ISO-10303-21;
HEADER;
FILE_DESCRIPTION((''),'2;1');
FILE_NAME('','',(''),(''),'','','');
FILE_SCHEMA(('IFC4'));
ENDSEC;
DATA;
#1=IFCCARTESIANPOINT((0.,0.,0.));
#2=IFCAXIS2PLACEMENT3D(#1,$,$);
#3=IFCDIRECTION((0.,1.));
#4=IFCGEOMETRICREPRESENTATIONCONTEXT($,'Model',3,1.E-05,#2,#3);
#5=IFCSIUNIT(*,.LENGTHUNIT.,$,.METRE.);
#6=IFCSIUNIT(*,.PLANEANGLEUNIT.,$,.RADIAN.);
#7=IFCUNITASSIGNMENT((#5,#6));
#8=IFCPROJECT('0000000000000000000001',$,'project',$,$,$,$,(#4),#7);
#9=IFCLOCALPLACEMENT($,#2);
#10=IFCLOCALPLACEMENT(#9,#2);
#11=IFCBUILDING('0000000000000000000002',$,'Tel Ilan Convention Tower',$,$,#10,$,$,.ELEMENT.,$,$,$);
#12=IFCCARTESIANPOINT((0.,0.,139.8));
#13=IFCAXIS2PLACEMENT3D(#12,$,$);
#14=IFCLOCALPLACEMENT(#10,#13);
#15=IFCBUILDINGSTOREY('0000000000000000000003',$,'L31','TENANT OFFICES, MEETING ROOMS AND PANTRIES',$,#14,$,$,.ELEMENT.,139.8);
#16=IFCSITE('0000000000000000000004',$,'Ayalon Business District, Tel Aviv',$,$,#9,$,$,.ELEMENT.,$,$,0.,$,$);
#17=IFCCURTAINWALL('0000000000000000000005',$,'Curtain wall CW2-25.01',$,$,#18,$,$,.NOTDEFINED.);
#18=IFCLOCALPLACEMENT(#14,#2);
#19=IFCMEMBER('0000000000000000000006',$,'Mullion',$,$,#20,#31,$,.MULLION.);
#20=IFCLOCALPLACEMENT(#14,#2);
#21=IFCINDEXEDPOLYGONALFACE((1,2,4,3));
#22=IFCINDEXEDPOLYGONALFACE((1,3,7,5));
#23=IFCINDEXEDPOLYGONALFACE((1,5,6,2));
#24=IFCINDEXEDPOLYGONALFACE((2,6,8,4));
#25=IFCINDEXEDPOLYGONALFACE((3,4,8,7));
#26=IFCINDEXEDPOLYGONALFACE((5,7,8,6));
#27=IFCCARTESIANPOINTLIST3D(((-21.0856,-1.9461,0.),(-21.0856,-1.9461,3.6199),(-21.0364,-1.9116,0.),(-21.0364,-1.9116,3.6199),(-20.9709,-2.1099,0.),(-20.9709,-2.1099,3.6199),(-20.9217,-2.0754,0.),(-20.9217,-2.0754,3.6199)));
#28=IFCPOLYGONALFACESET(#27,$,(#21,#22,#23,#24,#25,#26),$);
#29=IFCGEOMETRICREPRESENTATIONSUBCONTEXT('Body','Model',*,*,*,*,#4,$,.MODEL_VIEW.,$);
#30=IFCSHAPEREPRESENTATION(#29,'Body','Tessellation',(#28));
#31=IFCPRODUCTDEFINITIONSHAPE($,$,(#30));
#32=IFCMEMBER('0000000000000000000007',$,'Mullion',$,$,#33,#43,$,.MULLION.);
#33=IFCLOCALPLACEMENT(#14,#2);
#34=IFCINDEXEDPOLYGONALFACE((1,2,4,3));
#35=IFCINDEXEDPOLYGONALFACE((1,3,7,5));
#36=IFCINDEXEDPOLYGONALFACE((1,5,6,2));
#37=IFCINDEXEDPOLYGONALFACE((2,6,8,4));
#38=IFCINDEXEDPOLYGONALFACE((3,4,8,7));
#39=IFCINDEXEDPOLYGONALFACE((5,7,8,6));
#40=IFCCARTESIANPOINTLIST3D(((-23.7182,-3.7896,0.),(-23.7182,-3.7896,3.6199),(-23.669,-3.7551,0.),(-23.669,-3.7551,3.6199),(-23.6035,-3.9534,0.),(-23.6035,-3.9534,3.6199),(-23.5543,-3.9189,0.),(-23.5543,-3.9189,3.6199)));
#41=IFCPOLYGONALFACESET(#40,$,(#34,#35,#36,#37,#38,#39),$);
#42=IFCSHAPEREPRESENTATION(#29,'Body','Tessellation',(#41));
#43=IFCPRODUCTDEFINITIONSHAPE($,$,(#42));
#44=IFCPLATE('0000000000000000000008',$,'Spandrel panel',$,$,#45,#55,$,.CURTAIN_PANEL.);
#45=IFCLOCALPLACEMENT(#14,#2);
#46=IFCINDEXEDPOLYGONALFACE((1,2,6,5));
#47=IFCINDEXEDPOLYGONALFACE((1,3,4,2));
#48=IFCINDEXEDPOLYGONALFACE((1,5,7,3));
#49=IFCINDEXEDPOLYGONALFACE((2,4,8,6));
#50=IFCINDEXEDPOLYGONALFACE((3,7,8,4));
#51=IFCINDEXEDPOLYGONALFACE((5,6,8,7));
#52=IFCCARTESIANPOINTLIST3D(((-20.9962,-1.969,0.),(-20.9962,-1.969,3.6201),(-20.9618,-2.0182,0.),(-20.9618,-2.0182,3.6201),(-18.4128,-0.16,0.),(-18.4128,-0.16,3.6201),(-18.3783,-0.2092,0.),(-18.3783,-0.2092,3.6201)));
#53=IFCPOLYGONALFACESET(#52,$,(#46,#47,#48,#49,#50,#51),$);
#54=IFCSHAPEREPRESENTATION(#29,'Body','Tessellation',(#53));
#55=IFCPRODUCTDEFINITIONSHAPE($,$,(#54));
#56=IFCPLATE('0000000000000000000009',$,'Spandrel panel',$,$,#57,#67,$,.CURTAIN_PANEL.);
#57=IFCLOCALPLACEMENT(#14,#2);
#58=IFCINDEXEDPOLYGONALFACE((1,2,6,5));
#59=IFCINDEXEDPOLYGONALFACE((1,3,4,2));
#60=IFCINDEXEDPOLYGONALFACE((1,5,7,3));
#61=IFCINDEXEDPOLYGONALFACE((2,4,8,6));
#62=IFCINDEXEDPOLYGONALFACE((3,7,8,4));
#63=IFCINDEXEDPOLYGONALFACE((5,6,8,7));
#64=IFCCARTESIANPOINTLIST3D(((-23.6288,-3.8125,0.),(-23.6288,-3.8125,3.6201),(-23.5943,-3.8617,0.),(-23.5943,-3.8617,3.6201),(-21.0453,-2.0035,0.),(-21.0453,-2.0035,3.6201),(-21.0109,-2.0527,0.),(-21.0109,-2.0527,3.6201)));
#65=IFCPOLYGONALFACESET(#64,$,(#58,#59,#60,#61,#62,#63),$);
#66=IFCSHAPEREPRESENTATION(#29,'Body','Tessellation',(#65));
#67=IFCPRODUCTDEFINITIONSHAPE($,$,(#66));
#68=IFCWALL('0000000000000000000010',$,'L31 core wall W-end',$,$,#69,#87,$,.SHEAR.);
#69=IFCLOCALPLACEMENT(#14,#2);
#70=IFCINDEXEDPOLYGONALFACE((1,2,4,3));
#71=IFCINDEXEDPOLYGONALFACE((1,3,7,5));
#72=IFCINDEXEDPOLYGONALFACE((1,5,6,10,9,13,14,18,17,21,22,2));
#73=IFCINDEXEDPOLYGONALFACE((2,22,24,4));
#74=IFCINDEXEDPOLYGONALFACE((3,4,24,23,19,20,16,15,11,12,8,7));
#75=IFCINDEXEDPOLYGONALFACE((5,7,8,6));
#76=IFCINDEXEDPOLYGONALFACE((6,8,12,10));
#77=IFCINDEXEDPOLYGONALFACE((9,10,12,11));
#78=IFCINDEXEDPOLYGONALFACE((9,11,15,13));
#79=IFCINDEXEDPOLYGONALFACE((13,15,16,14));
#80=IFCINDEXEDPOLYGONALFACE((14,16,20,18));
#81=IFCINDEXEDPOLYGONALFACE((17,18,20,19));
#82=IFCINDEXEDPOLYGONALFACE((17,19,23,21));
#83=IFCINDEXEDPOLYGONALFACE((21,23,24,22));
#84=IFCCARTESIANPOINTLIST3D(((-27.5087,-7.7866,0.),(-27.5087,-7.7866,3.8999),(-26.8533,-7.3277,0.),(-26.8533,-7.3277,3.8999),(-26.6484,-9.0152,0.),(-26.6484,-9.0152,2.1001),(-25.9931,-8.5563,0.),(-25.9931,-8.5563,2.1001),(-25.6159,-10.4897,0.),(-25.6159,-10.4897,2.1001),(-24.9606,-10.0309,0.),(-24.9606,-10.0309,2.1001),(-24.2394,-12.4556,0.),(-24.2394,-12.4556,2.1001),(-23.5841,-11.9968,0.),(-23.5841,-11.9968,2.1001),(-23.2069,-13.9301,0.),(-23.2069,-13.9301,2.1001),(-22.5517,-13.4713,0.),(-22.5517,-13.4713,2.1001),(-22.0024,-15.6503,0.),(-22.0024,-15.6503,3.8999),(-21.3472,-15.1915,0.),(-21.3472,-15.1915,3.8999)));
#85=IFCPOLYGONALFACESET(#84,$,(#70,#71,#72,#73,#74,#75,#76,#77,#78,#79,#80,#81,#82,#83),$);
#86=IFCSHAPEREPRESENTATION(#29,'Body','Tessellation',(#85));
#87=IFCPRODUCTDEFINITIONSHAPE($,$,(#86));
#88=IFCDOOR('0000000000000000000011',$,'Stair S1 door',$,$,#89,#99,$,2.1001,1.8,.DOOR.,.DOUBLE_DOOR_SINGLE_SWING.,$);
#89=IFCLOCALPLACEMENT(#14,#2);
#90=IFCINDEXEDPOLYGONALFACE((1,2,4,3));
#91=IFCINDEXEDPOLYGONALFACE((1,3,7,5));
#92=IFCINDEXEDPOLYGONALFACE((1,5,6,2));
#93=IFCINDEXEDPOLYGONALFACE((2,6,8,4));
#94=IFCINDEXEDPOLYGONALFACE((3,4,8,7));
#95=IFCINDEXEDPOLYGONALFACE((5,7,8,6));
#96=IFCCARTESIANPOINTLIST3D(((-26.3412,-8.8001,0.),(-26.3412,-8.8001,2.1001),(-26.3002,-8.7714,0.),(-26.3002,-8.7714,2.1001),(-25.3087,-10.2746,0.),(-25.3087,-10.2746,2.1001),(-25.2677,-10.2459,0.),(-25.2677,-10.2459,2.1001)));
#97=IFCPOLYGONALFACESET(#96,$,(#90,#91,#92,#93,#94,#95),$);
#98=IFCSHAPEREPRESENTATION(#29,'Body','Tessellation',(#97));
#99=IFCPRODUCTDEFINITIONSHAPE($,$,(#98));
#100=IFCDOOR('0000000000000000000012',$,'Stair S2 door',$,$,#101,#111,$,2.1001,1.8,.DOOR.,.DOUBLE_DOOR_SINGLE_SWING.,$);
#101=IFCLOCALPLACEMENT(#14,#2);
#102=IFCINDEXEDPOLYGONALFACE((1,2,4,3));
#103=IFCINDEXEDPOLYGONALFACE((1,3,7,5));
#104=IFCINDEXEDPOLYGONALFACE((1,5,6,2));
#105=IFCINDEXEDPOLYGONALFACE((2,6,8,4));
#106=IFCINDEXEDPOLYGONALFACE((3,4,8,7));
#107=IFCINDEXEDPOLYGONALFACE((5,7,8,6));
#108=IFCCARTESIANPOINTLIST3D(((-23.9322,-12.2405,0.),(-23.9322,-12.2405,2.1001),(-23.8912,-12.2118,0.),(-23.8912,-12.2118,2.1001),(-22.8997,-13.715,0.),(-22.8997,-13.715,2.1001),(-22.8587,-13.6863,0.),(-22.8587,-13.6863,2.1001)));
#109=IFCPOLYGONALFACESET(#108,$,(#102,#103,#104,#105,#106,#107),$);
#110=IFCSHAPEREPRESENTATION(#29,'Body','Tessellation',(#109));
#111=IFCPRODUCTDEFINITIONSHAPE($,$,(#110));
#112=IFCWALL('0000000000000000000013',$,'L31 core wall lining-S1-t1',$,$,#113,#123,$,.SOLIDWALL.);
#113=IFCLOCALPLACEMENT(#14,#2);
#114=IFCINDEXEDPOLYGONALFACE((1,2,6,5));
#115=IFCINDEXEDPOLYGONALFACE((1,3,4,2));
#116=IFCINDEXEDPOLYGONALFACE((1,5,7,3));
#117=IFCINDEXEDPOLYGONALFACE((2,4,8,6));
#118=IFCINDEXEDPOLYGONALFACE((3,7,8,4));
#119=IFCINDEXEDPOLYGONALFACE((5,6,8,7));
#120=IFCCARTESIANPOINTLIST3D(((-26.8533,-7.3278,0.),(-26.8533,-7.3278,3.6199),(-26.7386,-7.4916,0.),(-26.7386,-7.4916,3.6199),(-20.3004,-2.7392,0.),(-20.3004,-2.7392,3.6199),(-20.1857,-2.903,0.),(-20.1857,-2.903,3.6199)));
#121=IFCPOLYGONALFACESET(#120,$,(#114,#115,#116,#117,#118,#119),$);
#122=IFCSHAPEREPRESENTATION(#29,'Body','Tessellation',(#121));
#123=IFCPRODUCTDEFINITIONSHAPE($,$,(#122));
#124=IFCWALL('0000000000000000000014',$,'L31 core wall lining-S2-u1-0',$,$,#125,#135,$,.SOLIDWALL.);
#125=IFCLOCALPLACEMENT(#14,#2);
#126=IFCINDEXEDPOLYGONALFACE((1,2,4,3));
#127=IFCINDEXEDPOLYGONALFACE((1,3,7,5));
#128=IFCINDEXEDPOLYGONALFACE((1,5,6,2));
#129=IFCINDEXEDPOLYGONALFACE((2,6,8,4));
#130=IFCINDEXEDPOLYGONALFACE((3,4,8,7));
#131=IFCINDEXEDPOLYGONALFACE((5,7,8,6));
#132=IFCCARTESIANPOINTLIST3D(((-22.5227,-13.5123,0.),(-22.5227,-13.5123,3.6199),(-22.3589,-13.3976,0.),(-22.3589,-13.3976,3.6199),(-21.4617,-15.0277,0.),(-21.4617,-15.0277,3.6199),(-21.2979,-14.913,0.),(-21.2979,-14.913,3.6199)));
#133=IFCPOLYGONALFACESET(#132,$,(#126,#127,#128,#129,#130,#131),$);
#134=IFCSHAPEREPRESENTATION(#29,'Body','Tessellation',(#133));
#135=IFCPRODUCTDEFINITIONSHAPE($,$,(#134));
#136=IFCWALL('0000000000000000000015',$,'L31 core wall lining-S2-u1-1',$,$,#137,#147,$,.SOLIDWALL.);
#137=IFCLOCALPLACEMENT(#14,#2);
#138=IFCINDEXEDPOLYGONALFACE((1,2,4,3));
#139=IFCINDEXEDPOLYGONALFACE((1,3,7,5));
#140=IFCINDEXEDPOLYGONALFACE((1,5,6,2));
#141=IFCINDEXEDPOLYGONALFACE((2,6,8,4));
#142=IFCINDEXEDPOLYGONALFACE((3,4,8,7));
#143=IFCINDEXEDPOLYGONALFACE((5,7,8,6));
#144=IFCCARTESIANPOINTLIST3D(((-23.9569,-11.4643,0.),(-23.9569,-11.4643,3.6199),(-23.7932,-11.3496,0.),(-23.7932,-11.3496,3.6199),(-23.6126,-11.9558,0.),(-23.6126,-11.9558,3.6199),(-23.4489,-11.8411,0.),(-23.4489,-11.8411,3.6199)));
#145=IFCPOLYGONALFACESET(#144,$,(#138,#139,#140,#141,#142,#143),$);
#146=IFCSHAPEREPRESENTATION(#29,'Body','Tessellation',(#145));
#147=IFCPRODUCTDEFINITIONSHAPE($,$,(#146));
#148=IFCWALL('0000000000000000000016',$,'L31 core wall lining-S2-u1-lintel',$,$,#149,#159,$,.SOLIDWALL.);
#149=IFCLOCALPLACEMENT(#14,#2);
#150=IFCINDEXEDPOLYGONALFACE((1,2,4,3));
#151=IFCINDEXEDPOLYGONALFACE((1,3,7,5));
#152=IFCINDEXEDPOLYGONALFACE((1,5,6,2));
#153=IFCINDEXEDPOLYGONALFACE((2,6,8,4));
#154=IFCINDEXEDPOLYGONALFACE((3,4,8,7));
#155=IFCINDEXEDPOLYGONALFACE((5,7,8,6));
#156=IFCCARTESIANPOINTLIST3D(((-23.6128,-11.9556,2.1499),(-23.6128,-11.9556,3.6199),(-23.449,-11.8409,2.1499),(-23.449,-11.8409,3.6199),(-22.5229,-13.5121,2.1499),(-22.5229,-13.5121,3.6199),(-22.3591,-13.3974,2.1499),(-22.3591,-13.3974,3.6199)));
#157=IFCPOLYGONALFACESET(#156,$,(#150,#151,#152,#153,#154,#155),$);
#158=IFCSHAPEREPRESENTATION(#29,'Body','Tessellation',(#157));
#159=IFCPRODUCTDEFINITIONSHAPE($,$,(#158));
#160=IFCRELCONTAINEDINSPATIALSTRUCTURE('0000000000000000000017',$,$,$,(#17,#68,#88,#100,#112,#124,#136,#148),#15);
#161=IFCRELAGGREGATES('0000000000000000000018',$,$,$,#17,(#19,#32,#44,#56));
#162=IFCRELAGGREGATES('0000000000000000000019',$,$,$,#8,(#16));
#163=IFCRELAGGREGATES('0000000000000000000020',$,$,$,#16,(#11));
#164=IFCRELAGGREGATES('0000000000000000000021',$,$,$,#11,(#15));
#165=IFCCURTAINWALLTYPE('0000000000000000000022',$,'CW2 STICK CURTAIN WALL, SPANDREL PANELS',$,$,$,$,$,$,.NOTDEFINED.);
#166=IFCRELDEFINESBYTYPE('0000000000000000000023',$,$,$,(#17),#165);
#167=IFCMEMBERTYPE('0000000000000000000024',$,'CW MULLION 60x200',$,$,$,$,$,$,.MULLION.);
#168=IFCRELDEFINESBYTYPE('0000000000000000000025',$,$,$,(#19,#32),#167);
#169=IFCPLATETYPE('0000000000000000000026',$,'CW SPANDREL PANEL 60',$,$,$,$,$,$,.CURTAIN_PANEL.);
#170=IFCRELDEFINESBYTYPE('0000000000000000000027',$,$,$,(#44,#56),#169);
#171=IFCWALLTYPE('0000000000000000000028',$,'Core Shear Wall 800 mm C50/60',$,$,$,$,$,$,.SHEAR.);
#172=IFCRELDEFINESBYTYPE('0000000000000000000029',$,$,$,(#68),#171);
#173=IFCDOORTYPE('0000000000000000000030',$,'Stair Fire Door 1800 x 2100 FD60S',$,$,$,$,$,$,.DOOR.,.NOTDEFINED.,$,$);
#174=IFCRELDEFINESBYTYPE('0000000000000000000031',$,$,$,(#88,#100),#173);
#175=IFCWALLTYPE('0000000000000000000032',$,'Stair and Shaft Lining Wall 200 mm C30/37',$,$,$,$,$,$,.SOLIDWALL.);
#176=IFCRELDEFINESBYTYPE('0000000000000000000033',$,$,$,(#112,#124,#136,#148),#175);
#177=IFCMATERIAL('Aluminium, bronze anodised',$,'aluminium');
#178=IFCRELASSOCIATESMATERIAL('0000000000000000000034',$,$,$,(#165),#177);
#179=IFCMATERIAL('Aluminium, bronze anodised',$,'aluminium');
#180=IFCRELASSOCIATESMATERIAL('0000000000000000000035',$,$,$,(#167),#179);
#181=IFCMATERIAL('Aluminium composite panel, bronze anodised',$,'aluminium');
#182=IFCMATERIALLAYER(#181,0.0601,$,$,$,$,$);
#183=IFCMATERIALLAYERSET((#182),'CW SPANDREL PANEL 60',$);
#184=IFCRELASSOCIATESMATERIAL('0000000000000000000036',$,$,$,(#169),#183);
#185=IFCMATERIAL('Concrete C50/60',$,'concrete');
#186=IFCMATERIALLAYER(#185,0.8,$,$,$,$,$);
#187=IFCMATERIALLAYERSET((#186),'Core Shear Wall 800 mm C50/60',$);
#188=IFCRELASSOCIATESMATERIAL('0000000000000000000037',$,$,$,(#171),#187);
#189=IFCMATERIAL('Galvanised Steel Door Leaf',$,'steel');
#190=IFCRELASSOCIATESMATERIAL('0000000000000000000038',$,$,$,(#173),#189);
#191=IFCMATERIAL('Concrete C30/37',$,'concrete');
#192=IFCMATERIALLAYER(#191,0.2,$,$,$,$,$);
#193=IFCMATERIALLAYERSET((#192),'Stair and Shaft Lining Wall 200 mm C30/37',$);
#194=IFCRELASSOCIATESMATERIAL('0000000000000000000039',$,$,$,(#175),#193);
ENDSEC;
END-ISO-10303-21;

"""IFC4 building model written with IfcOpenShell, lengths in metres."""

from ifc_helpers import new_model, si_unit, direction, frame, frame_2d, origin, origin_2d, place, context, subcontext, project, spatial, polyline, rectangle, outline, extrude, material, layer, layer_set, material_profile, profile_set, type_object, element, fill, aggregate, save


model = new_model("IFC4")

# Units and contexts
model_context = context("Model", 3, precision=1e-05, world=origin(), true_north=direction((0.0, 1.0)))
body_context = subcontext(model_context, "Body", "Model", "MODEL_VIEW")
ifc_project = project(units=[si_unit("LENGTHUNIT", "METRE"), si_unit("PLANEANGLEUNIT", "RADIAN")], contexts=[model_context])

# Site, building, storey
site_placement = place(None, origin())
site = spatial("IfcSite", under=ifc_project, at=site_placement, Name="Ayalon Business District, Tel Aviv", CompositionType="ELEMENT", RefElevation=0.0)
building_placement = place(site_placement, origin())
building = spatial("IfcBuilding", under=site, at=building_placement, Name="Tel Ilan Convention Tower", CompositionType="ELEMENT")
storey_placement = place(building_placement, frame((0.0, 0.0, 139.8)))
storey = spatial("IfcBuildingStorey", under=building, at=storey_placement, Name="L31", Description="TENANT OFFICES, MEETING ROOMS AND PANTRIES", CompositionType="ELEMENT", Elevation=139.8)

# Curtain wall, members, plates
ifc_material_1 = material(Name="Aluminium, bronze anodised", Category="aluminium")
curtain_wall_type = type_object("IfcCurtainWallType", Name="CW2 STICK CURTAIN WALL, SPANDREL PANELS", PredefinedType="NOTDEFINED", material=ifc_material_1)
curtain_wall_placement = place(storey_placement, origin())
curtain_wall = element("IfcCurtainWall", 1, at=curtain_wall_placement, inside=storey, type_object=curtain_wall_type, Name="Curtain wall CW2-25.01", PredefinedType="NOTDEFINED")
ifc_material_2 = material(Name="Aluminium, bronze anodised", Category="aluminium")
ifc_material_profile = material_profile(ifc_material_2, rectangle(XDim=0.0601, YDim=0.2, at=origin_2d()), Name="CW MULLION 60x200")
ifc_profile_set = profile_set([ifc_material_profile], Name="Aluminium, bronze anodised")
member_type = type_object("IfcMemberType", Name="CW MULLION 60x200", PredefinedType="MULLION", material=ifc_profile_set)
member_1_placement = place(storey_placement, frame((-21.0037, -2.0107, 0.0), z_axis=(0.0, 0.0, 1.0), x_axis=(-0.819152, -0.573576, 0.0)))
member_1 = element("IfcMember", 2, at=member_1_placement, type_object=member_type, Name="Mullion", PredefinedType="MULLION", context=body_context, shape_type="SweptSolid", body=[
    extrude(rectangle(XDim=0.0601, YDim=0.2, at=origin_2d()), origin(), (0.0, 0.0, 1.0), 3.6199),
])
member_2_placement = place(storey_placement, frame((-23.6362, -3.8542, 0.0), z_axis=(0.0, 0.0, 1.0), x_axis=(-0.819152, -0.573576, 0.0)))
member_2 = element("IfcMember", 3, at=member_2_placement, type_object=member_type, Name="Mullion", PredefinedType="MULLION", context=body_context, shape_type="SweptSolid", body=[
    extrude(rectangle(XDim=0.0601, YDim=0.2, at=origin_2d()), origin(), (0.0, 0.0, 1.0), 3.6199),
])
ifc_material_3 = material(Name="Aluminium composite panel, bronze anodised", Category="aluminium")
ifc_layer_1 = layer(ifc_material_3, 0.0601)
ifc_layer_set_1 = layer_set([ifc_layer_1], Name="CW SPANDREL PANEL 60")
plate_type = type_object("IfcPlateType", Name="CW SPANDREL PANEL 60", PredefinedType="CURTAIN_PANEL", material=ifc_layer_set_1)
plate_1_placement = place(storey_placement, frame((-19.6873, -1.0891, 0.0), z_axis=(0.0, 0.0, 1.0), x_axis=(-0.819152, -0.573576, 0.0)))
plate_1 = element("IfcPlate", 4, at=plate_1_placement, type_object=plate_type, Name="Spandrel panel", PredefinedType="CURTAIN_PANEL", context=body_context, shape_type="SweptSolid", body=[
    extrude(rectangle(XDim=3.1538, YDim=0.0601, at=origin_2d()), origin(), (0.0, 0.0, 1.0), 3.6201),
])
plate_2_placement = place(storey_placement, frame((-22.3198, -2.9326, 0.0), z_axis=(0.0, 0.0, 1.0), x_axis=(-0.819152, -0.573576, 0.0)))
plate_2 = element("IfcPlate", 5, at=plate_2_placement, type_object=plate_type, Name="Spandrel panel", PredefinedType="CURTAIN_PANEL", context=body_context, shape_type="SweptSolid", body=[
    extrude(rectangle(XDim=3.1538, YDim=0.0601, at=origin_2d()), origin(), (0.0, 0.0, 1.0), 3.6201),
])
aggregate(curtain_wall, [member_1, member_2, plate_1, plate_2])

# Wall, openings, doors
ifc_material_4 = material(Name="Concrete C50/60", Category="concrete")
ifc_layer_2 = layer(ifc_material_4, 0.8)
ifc_layer_set_2 = layer_set([ifc_layer_2], Name="Core Shear Wall 800 mm C50/60")
wall_type_1 = type_object("IfcWallType", Name="Core Shear Wall 800 mm C50/60", PredefinedType="SHEAR", material=ifc_layer_set_2)
wall_1_placement = place(storey_placement, frame((-21.6748, -15.4209, 0.0), z_axis=(0.0, 0.0, 1.0), x_axis=(-0.573582, 0.819148, 0.0)))
wall_1 = element("IfcWall", 6, at=wall_1_placement, inside=storey, type_object=wall_type_1, Name="L31 core wall W-end", PredefinedType="SHEAR", context=body_context, shape_type="SweptSolid", body=[
    extrude(outline(polyline([(0.0, 0.3999), (0.0, -0.3999), (9.5999, -0.4001), (9.5999, 0.3999), (0.0, 0.3999)])), origin(), (0.0, 0.0, 1.0), 3.8999),
])
opening_1_placement = place(wall_1_placement, frame((6.3, 0.0, 0.0)))
opening_1 = element("IfcOpeningElement", 7, at=opening_1_placement, cuts=wall_1, PredefinedType="OPENING", context=body_context, shape_type="SweptSolid", body=[
    extrude(rectangle(XDim=1.8, YDim=2.1001, at=frame_2d((0.8999, 1.05))), frame((0.0, 0.4099, 0.0), z_axis=(0.0, -1.0, 0.0), x_axis=(1.0, 0.0, 0.0)), (0.0, 0.0, 1.0), 0.8201),
])
opening_2_placement = place(wall_1_placement, frame((2.1001, 0.0, 0.0)))
opening_2 = element("IfcOpeningElement", 8, at=opening_2_placement, cuts=wall_1, PredefinedType="OPENING", context=body_context, shape_type="SweptSolid", body=[
    extrude(rectangle(XDim=1.8, YDim=2.1001, at=frame_2d((0.8999, 1.05))), frame((0.0, 0.4099, 0.0), z_axis=(0.0, -1.0, 0.0), x_axis=(1.0, 0.0, 0.0)), (0.0, 0.0, 1.0), 0.8201),
])
ifc_material_5 = material(Name="Galvanised Steel Door Leaf", Category="steel")
door_type = type_object("IfcDoorType", Name="Stair Fire Door 1800 x 2100 FD60S", OperationType="NOTDEFINED", PredefinedType="DOOR", material=ifc_material_5)
door_1_placement = place(opening_1_placement, origin())
door_1 = element("IfcDoor", 9, at=door_1_placement, inside=storey, type_object=door_type, Name="Stair S1 door", OperationType="DOUBLE_DOOR_SINGLE_SWING", OverallHeight=2.1001, OverallWidth=1.8, PredefinedType="DOOR", context=body_context, shape_type="SweptSolid", body=[
    extrude(rectangle(XDim=1.8, YDim=2.1001, at=frame_2d((0.8999, 1.05))), frame((0.0, 0.0249, 0.0), z_axis=(0.0, -1.0, 0.0), x_axis=(1.0, 0.0, 0.0)), (0.0, 0.0, 1.0), 0.05),
])
fill(opening_1, door_1)
door_2_placement = place(opening_2_placement, origin())
door_2 = element("IfcDoor", 10, at=door_2_placement, inside=storey, type_object=door_type, Name="Stair S2 door", OperationType="DOUBLE_DOOR_SINGLE_SWING", OverallHeight=2.1001, OverallWidth=1.8, PredefinedType="DOOR", context=body_context, shape_type="SweptSolid", body=[
    extrude(rectangle(XDim=1.8, YDim=2.1001, at=frame_2d((0.8999, 1.05))), frame((0.0, 0.0249, 0.0), z_axis=(0.0, -1.0, 0.0), x_axis=(1.0, 0.0, 0.0)), (0.0, 0.0, 1.0), 0.05),
])
fill(opening_2, door_2)

# Walls
ifc_material_6 = material(Name="Concrete C30/37", Category="concrete")
ifc_layer_3 = layer(ifc_material_6, 0.2)
ifc_layer_set_3 = layer_set([ifc_layer_3], Name="Stair and Shaft Lining Wall 200 mm C30/37")
wall_type_2 = type_object("IfcWallType", Name="Stair and Shaft Lining Wall 200 mm C30/37", PredefinedType="SOLIDWALL", material=ifc_layer_set_3)
wall_2_placement = place(storey_placement, frame((-20.2429, -2.821, 0.0), z_axis=(0.0, 0.0, 1.0), x_axis=(-0.819142, -0.573591, 0.0)))
element("IfcWall", 11, at=wall_2_placement, inside=storey, type_object=wall_type_2, Name="L31 core wall lining-S1-t1", PredefinedType="SOLIDWALL", context=body_context, shape_type="SweptSolid", body=[
    extrude(rectangle(XDim=7.9998, YDim=0.2, at=frame_2d((4.0, 0.0))), origin(), (0.0, 0.0, 1.0), 3.6199),
])
wall_3_placement = place(storey_placement, frame((-21.3799, -14.9702, 0.0), z_axis=(0.0, 0.0, 1.0), x_axis=(-0.57356, 0.819164, 0.0)))
element("IfcWall", 12, at=wall_3_placement, inside=storey, type_object=wall_type_2, Name="L31 core wall lining-S2-u1-0", PredefinedType="SOLIDWALL", context=body_context, shape_type="SweptSolid", body=[
    extrude(rectangle(XDim=1.8499, YDim=0.2, at=frame_2d((0.9248, 0.0))), origin(), (0.0, 0.0, 1.0), 3.6199),
])
wall_4_placement = place(storey_placement, frame((-23.5308, -11.8984, 0.0), z_axis=(0.0, 0.0, 1.0), x_axis=(-0.573708, 0.81906, 0.0)))
element("IfcWall", 13, at=wall_4_placement, inside=storey, type_object=wall_type_2, Name="L31 core wall lining-S2-u1-1", PredefinedType="SOLIDWALL", context=body_context, shape_type="SweptSolid", body=[
    extrude(rectangle(XDim=0.6001, YDim=0.2, at=frame_2d((0.3, 0.0))), origin(), (0.0, 0.0, 1.0), 3.6199),
])
wall_5_placement = place(storey_placement, frame((-22.4409, -13.4548, 2.1499), z_axis=(0.0, 0.0, 1.0), x_axis=(-0.573592, 0.819141, 0.0)))
element("IfcWall", 14, at=wall_5_placement, inside=storey, type_object=wall_type_2, Name="L31 core wall lining-S2-u1-lintel", PredefinedType="SOLIDWALL", context=body_context, shape_type="SweptSolid", body=[
    extrude(rectangle(XDim=1.9001, YDim=0.2, at=frame_2d((0.9502, 0.0))), origin(), (0.0, 0.0, 1.0), 1.47),
])

save(model, "model.ifc")
